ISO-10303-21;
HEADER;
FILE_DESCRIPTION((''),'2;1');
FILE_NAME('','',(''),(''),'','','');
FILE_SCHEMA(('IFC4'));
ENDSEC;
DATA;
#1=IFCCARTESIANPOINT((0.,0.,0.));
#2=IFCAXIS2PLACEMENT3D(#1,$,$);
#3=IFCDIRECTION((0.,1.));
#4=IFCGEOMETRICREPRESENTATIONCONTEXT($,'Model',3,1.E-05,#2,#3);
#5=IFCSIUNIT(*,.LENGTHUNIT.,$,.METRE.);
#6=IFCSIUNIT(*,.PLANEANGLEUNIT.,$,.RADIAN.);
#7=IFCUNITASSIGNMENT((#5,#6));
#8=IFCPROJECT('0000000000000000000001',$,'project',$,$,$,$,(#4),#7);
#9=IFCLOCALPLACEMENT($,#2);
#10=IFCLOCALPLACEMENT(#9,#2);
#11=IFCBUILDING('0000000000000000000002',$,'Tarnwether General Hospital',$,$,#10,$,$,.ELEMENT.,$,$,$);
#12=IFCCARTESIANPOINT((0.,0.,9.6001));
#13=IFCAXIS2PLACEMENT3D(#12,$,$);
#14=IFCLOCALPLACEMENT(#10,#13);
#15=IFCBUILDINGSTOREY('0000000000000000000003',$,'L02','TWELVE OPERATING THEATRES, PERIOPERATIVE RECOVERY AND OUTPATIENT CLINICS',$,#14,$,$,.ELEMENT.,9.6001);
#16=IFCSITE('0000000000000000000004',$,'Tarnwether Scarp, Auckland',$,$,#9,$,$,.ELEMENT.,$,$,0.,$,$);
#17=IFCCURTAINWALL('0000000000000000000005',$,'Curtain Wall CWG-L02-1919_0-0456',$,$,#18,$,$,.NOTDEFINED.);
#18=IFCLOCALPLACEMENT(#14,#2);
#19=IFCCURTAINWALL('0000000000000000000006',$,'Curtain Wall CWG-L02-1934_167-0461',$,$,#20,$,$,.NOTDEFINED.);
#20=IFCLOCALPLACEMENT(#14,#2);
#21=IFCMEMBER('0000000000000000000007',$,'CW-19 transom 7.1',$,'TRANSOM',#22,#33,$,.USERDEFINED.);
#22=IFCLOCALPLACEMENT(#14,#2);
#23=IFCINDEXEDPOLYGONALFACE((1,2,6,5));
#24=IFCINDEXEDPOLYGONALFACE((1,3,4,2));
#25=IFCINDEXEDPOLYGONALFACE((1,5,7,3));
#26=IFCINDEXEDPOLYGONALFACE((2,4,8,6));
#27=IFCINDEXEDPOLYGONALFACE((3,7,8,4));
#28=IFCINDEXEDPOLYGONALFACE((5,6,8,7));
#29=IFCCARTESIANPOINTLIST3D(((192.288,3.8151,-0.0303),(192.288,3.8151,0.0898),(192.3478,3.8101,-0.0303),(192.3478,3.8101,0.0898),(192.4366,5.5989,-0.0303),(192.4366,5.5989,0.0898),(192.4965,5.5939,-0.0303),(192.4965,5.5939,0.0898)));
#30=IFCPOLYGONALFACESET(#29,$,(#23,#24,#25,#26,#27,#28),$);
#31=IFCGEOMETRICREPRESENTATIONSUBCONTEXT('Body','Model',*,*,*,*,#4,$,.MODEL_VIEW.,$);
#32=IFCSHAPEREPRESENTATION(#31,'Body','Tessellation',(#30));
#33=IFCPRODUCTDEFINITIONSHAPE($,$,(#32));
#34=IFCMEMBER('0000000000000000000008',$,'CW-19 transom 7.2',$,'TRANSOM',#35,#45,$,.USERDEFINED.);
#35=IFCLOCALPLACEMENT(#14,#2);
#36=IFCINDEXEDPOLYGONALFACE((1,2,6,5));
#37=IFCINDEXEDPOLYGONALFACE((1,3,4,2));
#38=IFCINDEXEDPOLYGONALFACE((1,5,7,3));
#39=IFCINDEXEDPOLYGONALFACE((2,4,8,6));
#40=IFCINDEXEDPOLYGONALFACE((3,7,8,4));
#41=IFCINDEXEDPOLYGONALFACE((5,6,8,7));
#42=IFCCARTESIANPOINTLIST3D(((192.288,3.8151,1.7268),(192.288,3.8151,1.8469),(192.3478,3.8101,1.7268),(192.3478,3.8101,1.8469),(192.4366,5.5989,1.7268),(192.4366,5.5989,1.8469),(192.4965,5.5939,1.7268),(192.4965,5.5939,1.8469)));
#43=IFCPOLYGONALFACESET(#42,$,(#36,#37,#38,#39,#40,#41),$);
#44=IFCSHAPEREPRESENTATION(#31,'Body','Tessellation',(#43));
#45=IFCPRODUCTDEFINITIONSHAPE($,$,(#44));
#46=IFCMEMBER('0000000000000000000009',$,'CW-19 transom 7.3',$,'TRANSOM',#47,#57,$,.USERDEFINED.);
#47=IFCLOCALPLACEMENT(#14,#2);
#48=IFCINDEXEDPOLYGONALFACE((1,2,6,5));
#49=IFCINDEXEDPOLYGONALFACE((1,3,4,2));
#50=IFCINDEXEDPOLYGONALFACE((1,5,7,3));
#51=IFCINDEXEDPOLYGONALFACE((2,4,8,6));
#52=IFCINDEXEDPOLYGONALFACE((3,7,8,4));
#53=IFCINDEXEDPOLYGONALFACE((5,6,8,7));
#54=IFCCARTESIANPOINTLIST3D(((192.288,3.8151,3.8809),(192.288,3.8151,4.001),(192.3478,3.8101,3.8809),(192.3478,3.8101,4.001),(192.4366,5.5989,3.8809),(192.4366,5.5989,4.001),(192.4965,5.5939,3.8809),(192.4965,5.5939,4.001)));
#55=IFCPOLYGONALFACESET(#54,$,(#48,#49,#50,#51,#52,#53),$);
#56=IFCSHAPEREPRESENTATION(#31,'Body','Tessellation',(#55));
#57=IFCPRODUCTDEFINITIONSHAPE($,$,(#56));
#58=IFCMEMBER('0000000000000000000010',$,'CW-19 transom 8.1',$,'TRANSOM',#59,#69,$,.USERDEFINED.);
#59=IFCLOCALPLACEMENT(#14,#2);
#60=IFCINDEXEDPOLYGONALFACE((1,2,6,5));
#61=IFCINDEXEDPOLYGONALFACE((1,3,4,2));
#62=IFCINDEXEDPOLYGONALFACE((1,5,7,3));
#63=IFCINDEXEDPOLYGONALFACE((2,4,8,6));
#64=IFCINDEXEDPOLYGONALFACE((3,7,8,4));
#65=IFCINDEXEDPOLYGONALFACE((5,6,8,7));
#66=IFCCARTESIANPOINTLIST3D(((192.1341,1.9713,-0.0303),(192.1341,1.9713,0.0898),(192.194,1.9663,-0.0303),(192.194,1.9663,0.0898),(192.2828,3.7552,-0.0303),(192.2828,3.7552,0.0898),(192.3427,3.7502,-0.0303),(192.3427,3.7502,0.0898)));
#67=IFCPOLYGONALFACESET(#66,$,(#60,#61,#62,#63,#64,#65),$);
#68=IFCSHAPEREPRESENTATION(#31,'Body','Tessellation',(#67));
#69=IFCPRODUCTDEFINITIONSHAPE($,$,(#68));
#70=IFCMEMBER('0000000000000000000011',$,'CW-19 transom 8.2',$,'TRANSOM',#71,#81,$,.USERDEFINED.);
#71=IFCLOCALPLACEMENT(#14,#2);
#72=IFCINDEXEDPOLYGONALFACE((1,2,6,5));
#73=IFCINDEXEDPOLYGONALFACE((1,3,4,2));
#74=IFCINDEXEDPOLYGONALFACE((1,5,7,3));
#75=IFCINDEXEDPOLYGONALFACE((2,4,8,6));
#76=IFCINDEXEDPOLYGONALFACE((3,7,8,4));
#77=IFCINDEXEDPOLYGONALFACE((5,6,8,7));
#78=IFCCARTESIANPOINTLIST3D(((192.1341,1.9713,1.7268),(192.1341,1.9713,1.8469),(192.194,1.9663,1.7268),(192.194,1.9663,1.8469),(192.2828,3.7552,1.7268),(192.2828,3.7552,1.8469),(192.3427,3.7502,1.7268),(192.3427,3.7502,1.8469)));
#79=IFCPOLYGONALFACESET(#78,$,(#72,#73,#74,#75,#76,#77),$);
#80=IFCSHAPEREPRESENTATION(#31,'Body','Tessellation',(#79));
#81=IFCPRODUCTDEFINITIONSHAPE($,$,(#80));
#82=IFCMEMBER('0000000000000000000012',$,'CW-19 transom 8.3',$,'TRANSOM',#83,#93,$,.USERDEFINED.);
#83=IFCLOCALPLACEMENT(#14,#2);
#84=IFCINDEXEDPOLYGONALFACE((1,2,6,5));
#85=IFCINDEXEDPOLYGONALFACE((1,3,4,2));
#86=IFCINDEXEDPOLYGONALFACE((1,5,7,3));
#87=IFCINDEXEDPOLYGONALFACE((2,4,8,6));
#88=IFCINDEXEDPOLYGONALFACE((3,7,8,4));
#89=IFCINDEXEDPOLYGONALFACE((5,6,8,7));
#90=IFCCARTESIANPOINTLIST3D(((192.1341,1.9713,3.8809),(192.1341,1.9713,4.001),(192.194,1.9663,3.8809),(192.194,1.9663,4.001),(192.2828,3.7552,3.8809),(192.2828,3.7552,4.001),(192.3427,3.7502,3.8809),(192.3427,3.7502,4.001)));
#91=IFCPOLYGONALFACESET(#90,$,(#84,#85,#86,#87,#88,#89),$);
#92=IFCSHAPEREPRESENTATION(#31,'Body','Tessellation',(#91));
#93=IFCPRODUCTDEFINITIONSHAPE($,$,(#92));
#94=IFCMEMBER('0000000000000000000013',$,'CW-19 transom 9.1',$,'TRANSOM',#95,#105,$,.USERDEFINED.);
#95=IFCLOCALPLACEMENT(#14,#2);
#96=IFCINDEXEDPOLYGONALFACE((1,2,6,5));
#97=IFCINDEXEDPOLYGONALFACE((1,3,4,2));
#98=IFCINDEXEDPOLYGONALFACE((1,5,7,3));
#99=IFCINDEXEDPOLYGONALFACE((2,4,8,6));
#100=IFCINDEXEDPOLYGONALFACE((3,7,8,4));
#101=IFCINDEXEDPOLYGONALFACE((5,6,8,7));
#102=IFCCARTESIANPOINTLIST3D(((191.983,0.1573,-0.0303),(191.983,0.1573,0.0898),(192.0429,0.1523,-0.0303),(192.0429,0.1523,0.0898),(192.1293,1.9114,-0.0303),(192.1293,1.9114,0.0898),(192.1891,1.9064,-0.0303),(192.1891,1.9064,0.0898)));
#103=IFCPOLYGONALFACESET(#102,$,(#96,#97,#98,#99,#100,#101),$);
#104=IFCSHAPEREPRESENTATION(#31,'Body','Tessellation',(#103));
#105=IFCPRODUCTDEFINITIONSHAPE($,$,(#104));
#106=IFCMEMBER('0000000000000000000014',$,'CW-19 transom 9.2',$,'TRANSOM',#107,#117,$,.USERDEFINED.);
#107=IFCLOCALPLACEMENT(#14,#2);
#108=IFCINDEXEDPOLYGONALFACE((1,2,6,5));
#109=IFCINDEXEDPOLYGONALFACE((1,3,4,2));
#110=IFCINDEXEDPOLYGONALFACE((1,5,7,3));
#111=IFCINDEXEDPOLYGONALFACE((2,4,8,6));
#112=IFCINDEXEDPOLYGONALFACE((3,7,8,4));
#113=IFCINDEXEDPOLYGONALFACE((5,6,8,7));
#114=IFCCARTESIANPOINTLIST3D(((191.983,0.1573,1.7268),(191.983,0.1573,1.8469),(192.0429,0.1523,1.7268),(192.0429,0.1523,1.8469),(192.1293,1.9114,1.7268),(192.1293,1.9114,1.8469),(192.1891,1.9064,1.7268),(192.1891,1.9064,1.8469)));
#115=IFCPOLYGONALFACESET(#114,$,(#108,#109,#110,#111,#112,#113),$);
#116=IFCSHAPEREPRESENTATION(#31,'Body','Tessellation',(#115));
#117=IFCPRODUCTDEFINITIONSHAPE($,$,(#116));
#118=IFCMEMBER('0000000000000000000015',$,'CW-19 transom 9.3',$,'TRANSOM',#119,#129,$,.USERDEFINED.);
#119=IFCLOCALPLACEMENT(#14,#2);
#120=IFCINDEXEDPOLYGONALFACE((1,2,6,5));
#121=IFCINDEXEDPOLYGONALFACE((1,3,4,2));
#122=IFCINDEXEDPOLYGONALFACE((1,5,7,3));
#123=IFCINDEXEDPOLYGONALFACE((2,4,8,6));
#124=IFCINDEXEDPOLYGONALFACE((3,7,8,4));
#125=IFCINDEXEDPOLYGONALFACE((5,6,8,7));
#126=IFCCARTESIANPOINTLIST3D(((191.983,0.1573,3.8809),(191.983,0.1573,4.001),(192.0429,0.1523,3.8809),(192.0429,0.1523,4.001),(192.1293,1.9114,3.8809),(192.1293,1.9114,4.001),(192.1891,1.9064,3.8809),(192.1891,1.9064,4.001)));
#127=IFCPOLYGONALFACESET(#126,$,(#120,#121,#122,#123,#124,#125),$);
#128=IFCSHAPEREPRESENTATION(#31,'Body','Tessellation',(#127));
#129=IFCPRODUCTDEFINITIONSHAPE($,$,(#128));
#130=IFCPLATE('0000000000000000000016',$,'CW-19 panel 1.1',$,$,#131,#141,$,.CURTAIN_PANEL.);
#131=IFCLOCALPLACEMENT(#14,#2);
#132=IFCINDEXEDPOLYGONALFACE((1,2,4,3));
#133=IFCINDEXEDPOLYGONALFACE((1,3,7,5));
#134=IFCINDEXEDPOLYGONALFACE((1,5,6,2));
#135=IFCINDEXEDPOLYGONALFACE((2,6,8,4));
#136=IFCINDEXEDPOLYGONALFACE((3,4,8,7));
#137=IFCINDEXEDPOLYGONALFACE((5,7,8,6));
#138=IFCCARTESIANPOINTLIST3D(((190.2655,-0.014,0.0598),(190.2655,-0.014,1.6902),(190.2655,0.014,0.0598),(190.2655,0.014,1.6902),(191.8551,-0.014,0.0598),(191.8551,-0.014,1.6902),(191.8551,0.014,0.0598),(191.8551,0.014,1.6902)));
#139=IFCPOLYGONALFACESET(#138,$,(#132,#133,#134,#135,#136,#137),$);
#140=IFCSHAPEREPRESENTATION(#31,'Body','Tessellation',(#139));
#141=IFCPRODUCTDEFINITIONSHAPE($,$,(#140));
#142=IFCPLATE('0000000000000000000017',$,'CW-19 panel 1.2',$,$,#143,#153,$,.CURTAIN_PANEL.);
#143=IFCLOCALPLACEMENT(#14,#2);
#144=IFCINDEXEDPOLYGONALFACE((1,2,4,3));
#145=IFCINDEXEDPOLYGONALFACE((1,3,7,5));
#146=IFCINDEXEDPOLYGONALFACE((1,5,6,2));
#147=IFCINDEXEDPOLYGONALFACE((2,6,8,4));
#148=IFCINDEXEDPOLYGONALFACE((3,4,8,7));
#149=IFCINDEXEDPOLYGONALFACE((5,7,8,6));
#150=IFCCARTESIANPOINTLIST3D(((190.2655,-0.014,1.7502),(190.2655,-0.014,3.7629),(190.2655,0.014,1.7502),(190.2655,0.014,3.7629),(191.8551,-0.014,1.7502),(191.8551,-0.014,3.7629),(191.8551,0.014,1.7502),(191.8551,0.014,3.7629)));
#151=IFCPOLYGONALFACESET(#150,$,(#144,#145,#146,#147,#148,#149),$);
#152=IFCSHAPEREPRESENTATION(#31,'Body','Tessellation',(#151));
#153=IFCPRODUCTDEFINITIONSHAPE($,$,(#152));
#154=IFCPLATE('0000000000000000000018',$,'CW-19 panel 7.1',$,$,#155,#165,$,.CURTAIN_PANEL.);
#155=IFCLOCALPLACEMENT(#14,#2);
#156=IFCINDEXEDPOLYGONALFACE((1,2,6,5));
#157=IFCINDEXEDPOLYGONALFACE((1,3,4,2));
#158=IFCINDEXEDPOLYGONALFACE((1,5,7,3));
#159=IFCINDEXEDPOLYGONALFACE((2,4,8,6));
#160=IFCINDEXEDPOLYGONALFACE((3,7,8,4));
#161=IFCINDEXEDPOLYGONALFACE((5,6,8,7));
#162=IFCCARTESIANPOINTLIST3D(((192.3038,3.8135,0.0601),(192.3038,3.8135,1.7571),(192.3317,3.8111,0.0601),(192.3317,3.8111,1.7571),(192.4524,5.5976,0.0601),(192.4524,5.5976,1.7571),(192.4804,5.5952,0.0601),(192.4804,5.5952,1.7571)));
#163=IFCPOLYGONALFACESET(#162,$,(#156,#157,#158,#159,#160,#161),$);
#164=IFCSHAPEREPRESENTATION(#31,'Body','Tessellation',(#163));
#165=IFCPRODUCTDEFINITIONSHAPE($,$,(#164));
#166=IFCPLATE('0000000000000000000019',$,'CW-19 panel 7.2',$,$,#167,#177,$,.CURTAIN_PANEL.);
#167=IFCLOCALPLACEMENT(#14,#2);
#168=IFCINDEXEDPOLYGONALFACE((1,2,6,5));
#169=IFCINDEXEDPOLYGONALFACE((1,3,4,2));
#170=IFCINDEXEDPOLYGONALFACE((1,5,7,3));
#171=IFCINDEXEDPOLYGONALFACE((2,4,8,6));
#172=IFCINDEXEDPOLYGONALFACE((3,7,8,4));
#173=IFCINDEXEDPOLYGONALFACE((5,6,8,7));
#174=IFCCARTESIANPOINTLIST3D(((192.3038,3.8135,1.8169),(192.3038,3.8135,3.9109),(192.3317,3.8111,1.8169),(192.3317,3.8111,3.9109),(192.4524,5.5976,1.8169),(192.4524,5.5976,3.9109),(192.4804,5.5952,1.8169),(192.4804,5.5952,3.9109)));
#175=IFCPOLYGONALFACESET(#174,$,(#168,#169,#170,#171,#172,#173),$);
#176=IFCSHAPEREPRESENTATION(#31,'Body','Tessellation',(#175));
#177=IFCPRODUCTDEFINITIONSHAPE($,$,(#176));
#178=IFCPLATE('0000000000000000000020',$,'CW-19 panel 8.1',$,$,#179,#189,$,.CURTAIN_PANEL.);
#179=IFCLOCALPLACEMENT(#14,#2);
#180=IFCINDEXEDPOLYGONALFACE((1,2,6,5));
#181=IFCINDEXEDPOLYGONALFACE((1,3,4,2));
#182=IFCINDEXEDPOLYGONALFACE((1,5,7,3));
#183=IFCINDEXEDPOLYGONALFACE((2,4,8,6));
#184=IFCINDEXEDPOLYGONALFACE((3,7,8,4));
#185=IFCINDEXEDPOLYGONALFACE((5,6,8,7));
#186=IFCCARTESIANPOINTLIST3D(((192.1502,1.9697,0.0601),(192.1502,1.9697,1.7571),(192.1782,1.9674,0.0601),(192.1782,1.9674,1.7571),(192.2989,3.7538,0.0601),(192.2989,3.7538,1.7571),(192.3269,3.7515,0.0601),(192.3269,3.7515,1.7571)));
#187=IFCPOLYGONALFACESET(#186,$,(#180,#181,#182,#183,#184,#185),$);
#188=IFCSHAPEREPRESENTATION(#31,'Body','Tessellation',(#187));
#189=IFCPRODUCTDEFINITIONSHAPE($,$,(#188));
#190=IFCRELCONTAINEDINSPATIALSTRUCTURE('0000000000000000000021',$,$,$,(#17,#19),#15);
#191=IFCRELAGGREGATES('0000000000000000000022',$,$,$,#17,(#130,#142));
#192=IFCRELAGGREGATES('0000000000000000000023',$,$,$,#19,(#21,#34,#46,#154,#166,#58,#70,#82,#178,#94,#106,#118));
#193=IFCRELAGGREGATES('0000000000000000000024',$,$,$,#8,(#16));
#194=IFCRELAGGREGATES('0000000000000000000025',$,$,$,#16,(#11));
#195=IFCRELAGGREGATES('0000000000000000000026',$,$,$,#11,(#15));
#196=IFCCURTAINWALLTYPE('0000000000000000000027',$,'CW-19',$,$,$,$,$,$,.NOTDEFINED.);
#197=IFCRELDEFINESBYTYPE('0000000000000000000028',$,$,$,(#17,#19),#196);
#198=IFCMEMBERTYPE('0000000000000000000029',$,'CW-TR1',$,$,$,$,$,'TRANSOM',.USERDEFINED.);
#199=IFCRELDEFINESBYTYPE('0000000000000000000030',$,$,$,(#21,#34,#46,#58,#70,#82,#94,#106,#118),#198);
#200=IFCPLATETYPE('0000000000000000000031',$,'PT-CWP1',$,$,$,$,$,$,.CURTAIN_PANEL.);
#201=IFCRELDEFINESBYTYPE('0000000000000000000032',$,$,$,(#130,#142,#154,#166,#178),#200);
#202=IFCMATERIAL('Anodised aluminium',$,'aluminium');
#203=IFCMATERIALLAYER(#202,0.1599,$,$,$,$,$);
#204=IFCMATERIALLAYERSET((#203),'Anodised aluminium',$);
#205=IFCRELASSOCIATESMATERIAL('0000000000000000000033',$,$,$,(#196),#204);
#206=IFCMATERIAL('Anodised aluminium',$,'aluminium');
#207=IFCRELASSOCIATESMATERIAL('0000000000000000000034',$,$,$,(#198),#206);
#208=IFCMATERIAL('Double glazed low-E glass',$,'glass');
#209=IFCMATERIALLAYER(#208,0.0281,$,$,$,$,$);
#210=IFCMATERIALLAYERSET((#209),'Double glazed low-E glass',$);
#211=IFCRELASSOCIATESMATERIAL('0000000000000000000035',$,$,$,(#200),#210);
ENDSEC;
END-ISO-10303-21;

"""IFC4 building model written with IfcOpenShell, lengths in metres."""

from ifc_helpers import new_model, si_unit, direction, frame, origin, origin_2d, place, context, subcontext, project, spatial, rectangle, extrude, material, layer, layer_set, material_profile, profile_set, type_object, element, aggregate, save


model = new_model("IFC4")

# Units and contexts
model_context = context("Model", 3, precision=1e-05, world=origin(), true_north=direction((0.0, 1.0)))
body_context = subcontext(model_context, "Body", "Model", "MODEL_VIEW")
ifc_project = project(units=[si_unit("LENGTHUNIT", "METRE"), si_unit("PLANEANGLEUNIT", "RADIAN")], contexts=[model_context])

# Site, building, storey
site_placement = place(None, origin())
site = spatial("IfcSite", under=ifc_project, at=site_placement, Name="Tarnwether Scarp, Auckland", CompositionType="ELEMENT", RefElevation=0.0)
building_placement = place(site_placement, origin())
building = spatial("IfcBuilding", under=site, at=building_placement, Name="Tarnwether General Hospital", CompositionType="ELEMENT")
storey_placement = place(building_placement, frame((0.0, 0.0, 9.6001)))
storey = spatial("IfcBuildingStorey", under=building, at=storey_placement, Name="L02", Description="TWELVE OPERATING THEATRES, PERIOPERATIVE RECOVERY AND OUTPATIENT CLINICS", CompositionType="ELEMENT", Elevation=9.6001)

# Curtain walls
ifc_material_1 = material(Name="Anodised aluminium", Category="aluminium")
ifc_layer_1 = layer(ifc_material_1, 0.1599)
ifc_layer_set_1 = layer_set([ifc_layer_1], Name="Anodised aluminium")
curtain_wall_type = type_object("IfcCurtainWallType", Name="CW-19", PredefinedType="NOTDEFINED", material=ifc_layer_set_1)
curtain_wall_1_placement = place(storey_placement, origin())
curtain_wall_1 = element("IfcCurtainWall", 1, at=curtain_wall_1_placement, inside=storey, type_object=curtain_wall_type, Name="Curtain Wall CWG-L02-1919_0-0456", PredefinedType="NOTDEFINED")
curtain_wall_2_placement = place(storey_placement, origin())
curtain_wall_2 = element("IfcCurtainWall", 2, at=curtain_wall_2_placement, inside=storey, type_object=curtain_wall_type, Name="Curtain Wall CWG-L02-1934_167-0461", PredefinedType="NOTDEFINED")

# Members
ifc_material_2 = material(Name="Anodised aluminium", Category="aluminium")
ifc_material_profile_1 = material_profile(ifc_material_2, rectangle(XDim=0.0601, YDim=0.1201, at=origin_2d()), Name="ALU-TRN-60x120")
ifc_profile_set_1 = profile_set([ifc_material_profile_1], Name="Anodised aluminium")
member_type_1 = type_object("IfcMemberType", Name="CW-TR1", ElementType="TRANSOM", PredefinedType="USERDEFINED", material=ifc_profile_set_1)
member_1_placement = place(storey_placement, frame((192.4666, 5.5964, 0.0298), z_axis=(-0.083057, -0.996545, 0.0), x_axis=(0.996545, -0.083057, 0.0)))
member_1 = element("IfcMember", 3, at=member_1_placement, type_object=member_type_1, Name="CW-19 transom 7.1", ObjectType="TRANSOM", PredefinedType="USERDEFINED", context=body_context, shape_type="SweptSolid", body=[
    extrude(rectangle(XDim=0.0601, YDim=0.1201, at=origin_2d()), origin(), (0.0, 0.0, 1.0), 1.79),
])
member_2_placement = place(storey_placement, frame((192.4666, 5.5964, 1.7869), z_axis=(-0.083057, -0.996545, 0.0), x_axis=(0.996545, -0.083057, 0.0)))
member_2 = element("IfcMember", 4, at=member_2_placement, type_object=member_type_1, Name="CW-19 transom 7.2", ObjectType="TRANSOM", PredefinedType="USERDEFINED", context=body_context, shape_type="SweptSolid", body=[
    extrude(rectangle(XDim=0.0601, YDim=0.1201, at=origin_2d()), origin(), (0.0, 0.0, 1.0), 1.79),
])
member_3_placement = place(storey_placement, frame((192.4666, 5.5964, 3.9409), z_axis=(-0.083057, -0.996545, 0.0), x_axis=(0.996545, -0.083057, 0.0)))
member_3 = element("IfcMember", 5, at=member_3_placement, type_object=member_type_1, Name="CW-19 transom 7.3", ObjectType="TRANSOM", PredefinedType="USERDEFINED", context=body_context, shape_type="SweptSolid", body=[
    extrude(rectangle(XDim=0.0601, YDim=0.1201, at=origin_2d()), origin(), (0.0, 0.0, 1.0), 1.79),
])
member_4_placement = place(storey_placement, frame((192.3127, 3.7527, 0.0298), z_axis=(-0.083057, -0.996545, 0.0), x_axis=(0.996545, -0.083057, 0.0)))
member_4 = element("IfcMember", 6, at=member_4_placement, type_object=member_type_1, Name="CW-19 transom 8.1", ObjectType="TRANSOM", PredefinedType="USERDEFINED", context=body_context, shape_type="SweptSolid", body=[
    extrude(rectangle(XDim=0.0601, YDim=0.1201, at=origin_2d()), origin(), (0.0, 0.0, 1.0), 1.79),
])
member_5_placement = place(storey_placement, frame((192.3127, 3.7527, 1.7869), z_axis=(-0.083057, -0.996545, 0.0), x_axis=(0.996545, -0.083057, 0.0)))
member_5 = element("IfcMember", 7, at=member_5_placement, type_object=member_type_1, Name="CW-19 transom 8.2", ObjectType="TRANSOM", PredefinedType="USERDEFINED", context=body_context, shape_type="SweptSolid", body=[
    extrude(rectangle(XDim=0.0601, YDim=0.1201, at=origin_2d()), origin(), (0.0, 0.0, 1.0), 1.79),
])
member_6_placement = place(storey_placement, frame((192.3127, 3.7527, 3.9409), z_axis=(-0.083057, -0.996545, 0.0), x_axis=(0.996545, -0.083057, 0.0)))
member_6 = element("IfcMember", 8, at=member_6_placement, type_object=member_type_1, Name="CW-19 transom 8.3", ObjectType="TRANSOM", PredefinedType="USERDEFINED", context=body_context, shape_type="SweptSolid", body=[
    extrude(rectangle(XDim=0.0601, YDim=0.1201, at=origin_2d()), origin(), (0.0, 0.0, 1.0), 1.79),
])
member_7_placement = place(storey_placement, frame((192.1592, 1.9089, 0.0298), z_axis=(-0.08308, -0.996543, 0.0), x_axis=(0.996543, -0.08308, 0.0)))
member_7 = element("IfcMember", 9, at=member_7_placement, type_object=member_type_1, Name="CW-19 transom 9.1", ObjectType="TRANSOM", PredefinedType="USERDEFINED", context=body_context, shape_type="SweptSolid", body=[
    extrude(rectangle(XDim=0.0601, YDim=0.1201, at=origin_2d()), origin(), (0.0, 0.0, 1.0), 1.7603),
])
member_8_placement = place(storey_placement, frame((192.1592, 1.9089, 1.7869), z_axis=(-0.08308, -0.996543, 0.0), x_axis=(0.996543, -0.08308, 0.0)))
member_8 = element("IfcMember", 10, at=member_8_placement, type_object=member_type_1, Name="CW-19 transom 9.2", ObjectType="TRANSOM", PredefinedType="USERDEFINED", context=body_context, shape_type="SweptSolid", body=[
    extrude(rectangle(XDim=0.0601, YDim=0.1201, at=origin_2d()), origin(), (0.0, 0.0, 1.0), 1.7603),
])
member_9_placement = place(storey_placement, frame((192.1592, 1.9089, 3.9409), z_axis=(-0.08308, -0.996543, 0.0), x_axis=(0.996543, -0.08308, 0.0)))
member_9 = element("IfcMember", 11, at=member_9_placement, type_object=member_type_1, Name="CW-19 transom 9.3", ObjectType="TRANSOM", PredefinedType="USERDEFINED", context=body_context, shape_type="SweptSolid", body=[
    extrude(rectangle(XDim=0.0601, YDim=0.1201, at=origin_2d()), origin(), (0.0, 0.0, 1.0), 1.7603),
])

# Plates
ifc_material_3 = material(Name="Double glazed low-E glass", Category="glass")
ifc_layer_2 = layer(ifc_material_3, 0.0281)
ifc_layer_set_2 = layer_set([ifc_layer_2], Name="Double glazed low-E glass")
plate_type_1 = type_object("IfcPlateType", Name="PT-CWP1", PredefinedType="CURTAIN_PANEL", material=ifc_layer_set_2)
plate_1_placement = place(storey_placement, frame((191.0603, 0.0, 0.0598), z_axis=(0.0, 0.0, 1.0), x_axis=(-1.0, 0.0, 0.0)))
plate_1 = element("IfcPlate", 12, at=plate_1_placement, type_object=plate_type_1, Name="CW-19 panel 1.1", PredefinedType="CURTAIN_PANEL", context=body_context, shape_type="SweptSolid", body=[
    extrude(rectangle(XDim=1.5896, YDim=0.0281, at=origin_2d()), origin(), (0.0, 0.0, 1.0), 1.6304),
])
plate_2_placement = place(storey_placement, frame((191.0603, 0.0, 1.7502), z_axis=(0.0, 0.0, 1.0), x_axis=(-1.0, 0.0, 0.0)))
plate_2 = element("IfcPlate", 13, at=plate_2_placement, type_object=plate_type_1, Name="CW-19 panel 1.2", PredefinedType="CURTAIN_PANEL", context=body_context, shape_type="SweptSolid", body=[
    extrude(rectangle(XDim=1.5896, YDim=0.0281, at=origin_2d()), origin(), (0.0, 0.0, 1.0), 2.0127),
])
aggregate(curtain_wall_1, [plate_1, plate_2])
plate_3_placement = place(storey_placement, frame((192.3921, 4.7043, 0.0601), z_axis=(0.0, 0.0, 1.0), x_axis=(-0.083055, -0.996545, 0.0)))
plate_3 = element("IfcPlate", 14, at=plate_3_placement, type_object=plate_type_1, Name="CW-19 panel 7.1", PredefinedType="CURTAIN_PANEL", context=body_context, shape_type="SweptSolid", body=[
    extrude(rectangle(XDim=1.7903, YDim=0.0281, at=origin_2d()), origin(), (0.0, 0.0, 1.0), 1.697),
])
plate_4_placement = place(storey_placement, frame((192.3921, 4.7043, 1.8169), z_axis=(0.0, 0.0, 1.0), x_axis=(-0.083055, -0.996545, 0.0)))
plate_4 = element("IfcPlate", 15, at=plate_4_placement, type_object=plate_type_1, Name="CW-19 panel 7.2", PredefinedType="CURTAIN_PANEL", context=body_context, shape_type="SweptSolid", body=[
    extrude(rectangle(XDim=1.7903, YDim=0.0281, at=origin_2d()), origin(), (0.0, 0.0, 1.0), 2.094),
])
plate_5_placement = place(storey_placement, frame((192.2385, 2.8606, 0.0601), z_axis=(0.0, 0.0, 1.0), x_axis=(-0.083055, -0.996545, 0.0)))
plate_5 = element("IfcPlate", 16, at=plate_5_placement, type_object=plate_type_1, Name="CW-19 panel 8.1", PredefinedType="CURTAIN_PANEL", context=body_context, shape_type="SweptSolid", body=[
    extrude(rectangle(XDim=1.7903, YDim=0.0281, at=origin_2d()), origin(), (0.0, 0.0, 1.0), 1.697),
])
aggregate(curtain_wall_2, [member_1, member_2, member_3, plate_3, plate_4, member_4, member_5, member_6, plate_5, member_7, member_8, member_9])

save(model, "model.ifc")
